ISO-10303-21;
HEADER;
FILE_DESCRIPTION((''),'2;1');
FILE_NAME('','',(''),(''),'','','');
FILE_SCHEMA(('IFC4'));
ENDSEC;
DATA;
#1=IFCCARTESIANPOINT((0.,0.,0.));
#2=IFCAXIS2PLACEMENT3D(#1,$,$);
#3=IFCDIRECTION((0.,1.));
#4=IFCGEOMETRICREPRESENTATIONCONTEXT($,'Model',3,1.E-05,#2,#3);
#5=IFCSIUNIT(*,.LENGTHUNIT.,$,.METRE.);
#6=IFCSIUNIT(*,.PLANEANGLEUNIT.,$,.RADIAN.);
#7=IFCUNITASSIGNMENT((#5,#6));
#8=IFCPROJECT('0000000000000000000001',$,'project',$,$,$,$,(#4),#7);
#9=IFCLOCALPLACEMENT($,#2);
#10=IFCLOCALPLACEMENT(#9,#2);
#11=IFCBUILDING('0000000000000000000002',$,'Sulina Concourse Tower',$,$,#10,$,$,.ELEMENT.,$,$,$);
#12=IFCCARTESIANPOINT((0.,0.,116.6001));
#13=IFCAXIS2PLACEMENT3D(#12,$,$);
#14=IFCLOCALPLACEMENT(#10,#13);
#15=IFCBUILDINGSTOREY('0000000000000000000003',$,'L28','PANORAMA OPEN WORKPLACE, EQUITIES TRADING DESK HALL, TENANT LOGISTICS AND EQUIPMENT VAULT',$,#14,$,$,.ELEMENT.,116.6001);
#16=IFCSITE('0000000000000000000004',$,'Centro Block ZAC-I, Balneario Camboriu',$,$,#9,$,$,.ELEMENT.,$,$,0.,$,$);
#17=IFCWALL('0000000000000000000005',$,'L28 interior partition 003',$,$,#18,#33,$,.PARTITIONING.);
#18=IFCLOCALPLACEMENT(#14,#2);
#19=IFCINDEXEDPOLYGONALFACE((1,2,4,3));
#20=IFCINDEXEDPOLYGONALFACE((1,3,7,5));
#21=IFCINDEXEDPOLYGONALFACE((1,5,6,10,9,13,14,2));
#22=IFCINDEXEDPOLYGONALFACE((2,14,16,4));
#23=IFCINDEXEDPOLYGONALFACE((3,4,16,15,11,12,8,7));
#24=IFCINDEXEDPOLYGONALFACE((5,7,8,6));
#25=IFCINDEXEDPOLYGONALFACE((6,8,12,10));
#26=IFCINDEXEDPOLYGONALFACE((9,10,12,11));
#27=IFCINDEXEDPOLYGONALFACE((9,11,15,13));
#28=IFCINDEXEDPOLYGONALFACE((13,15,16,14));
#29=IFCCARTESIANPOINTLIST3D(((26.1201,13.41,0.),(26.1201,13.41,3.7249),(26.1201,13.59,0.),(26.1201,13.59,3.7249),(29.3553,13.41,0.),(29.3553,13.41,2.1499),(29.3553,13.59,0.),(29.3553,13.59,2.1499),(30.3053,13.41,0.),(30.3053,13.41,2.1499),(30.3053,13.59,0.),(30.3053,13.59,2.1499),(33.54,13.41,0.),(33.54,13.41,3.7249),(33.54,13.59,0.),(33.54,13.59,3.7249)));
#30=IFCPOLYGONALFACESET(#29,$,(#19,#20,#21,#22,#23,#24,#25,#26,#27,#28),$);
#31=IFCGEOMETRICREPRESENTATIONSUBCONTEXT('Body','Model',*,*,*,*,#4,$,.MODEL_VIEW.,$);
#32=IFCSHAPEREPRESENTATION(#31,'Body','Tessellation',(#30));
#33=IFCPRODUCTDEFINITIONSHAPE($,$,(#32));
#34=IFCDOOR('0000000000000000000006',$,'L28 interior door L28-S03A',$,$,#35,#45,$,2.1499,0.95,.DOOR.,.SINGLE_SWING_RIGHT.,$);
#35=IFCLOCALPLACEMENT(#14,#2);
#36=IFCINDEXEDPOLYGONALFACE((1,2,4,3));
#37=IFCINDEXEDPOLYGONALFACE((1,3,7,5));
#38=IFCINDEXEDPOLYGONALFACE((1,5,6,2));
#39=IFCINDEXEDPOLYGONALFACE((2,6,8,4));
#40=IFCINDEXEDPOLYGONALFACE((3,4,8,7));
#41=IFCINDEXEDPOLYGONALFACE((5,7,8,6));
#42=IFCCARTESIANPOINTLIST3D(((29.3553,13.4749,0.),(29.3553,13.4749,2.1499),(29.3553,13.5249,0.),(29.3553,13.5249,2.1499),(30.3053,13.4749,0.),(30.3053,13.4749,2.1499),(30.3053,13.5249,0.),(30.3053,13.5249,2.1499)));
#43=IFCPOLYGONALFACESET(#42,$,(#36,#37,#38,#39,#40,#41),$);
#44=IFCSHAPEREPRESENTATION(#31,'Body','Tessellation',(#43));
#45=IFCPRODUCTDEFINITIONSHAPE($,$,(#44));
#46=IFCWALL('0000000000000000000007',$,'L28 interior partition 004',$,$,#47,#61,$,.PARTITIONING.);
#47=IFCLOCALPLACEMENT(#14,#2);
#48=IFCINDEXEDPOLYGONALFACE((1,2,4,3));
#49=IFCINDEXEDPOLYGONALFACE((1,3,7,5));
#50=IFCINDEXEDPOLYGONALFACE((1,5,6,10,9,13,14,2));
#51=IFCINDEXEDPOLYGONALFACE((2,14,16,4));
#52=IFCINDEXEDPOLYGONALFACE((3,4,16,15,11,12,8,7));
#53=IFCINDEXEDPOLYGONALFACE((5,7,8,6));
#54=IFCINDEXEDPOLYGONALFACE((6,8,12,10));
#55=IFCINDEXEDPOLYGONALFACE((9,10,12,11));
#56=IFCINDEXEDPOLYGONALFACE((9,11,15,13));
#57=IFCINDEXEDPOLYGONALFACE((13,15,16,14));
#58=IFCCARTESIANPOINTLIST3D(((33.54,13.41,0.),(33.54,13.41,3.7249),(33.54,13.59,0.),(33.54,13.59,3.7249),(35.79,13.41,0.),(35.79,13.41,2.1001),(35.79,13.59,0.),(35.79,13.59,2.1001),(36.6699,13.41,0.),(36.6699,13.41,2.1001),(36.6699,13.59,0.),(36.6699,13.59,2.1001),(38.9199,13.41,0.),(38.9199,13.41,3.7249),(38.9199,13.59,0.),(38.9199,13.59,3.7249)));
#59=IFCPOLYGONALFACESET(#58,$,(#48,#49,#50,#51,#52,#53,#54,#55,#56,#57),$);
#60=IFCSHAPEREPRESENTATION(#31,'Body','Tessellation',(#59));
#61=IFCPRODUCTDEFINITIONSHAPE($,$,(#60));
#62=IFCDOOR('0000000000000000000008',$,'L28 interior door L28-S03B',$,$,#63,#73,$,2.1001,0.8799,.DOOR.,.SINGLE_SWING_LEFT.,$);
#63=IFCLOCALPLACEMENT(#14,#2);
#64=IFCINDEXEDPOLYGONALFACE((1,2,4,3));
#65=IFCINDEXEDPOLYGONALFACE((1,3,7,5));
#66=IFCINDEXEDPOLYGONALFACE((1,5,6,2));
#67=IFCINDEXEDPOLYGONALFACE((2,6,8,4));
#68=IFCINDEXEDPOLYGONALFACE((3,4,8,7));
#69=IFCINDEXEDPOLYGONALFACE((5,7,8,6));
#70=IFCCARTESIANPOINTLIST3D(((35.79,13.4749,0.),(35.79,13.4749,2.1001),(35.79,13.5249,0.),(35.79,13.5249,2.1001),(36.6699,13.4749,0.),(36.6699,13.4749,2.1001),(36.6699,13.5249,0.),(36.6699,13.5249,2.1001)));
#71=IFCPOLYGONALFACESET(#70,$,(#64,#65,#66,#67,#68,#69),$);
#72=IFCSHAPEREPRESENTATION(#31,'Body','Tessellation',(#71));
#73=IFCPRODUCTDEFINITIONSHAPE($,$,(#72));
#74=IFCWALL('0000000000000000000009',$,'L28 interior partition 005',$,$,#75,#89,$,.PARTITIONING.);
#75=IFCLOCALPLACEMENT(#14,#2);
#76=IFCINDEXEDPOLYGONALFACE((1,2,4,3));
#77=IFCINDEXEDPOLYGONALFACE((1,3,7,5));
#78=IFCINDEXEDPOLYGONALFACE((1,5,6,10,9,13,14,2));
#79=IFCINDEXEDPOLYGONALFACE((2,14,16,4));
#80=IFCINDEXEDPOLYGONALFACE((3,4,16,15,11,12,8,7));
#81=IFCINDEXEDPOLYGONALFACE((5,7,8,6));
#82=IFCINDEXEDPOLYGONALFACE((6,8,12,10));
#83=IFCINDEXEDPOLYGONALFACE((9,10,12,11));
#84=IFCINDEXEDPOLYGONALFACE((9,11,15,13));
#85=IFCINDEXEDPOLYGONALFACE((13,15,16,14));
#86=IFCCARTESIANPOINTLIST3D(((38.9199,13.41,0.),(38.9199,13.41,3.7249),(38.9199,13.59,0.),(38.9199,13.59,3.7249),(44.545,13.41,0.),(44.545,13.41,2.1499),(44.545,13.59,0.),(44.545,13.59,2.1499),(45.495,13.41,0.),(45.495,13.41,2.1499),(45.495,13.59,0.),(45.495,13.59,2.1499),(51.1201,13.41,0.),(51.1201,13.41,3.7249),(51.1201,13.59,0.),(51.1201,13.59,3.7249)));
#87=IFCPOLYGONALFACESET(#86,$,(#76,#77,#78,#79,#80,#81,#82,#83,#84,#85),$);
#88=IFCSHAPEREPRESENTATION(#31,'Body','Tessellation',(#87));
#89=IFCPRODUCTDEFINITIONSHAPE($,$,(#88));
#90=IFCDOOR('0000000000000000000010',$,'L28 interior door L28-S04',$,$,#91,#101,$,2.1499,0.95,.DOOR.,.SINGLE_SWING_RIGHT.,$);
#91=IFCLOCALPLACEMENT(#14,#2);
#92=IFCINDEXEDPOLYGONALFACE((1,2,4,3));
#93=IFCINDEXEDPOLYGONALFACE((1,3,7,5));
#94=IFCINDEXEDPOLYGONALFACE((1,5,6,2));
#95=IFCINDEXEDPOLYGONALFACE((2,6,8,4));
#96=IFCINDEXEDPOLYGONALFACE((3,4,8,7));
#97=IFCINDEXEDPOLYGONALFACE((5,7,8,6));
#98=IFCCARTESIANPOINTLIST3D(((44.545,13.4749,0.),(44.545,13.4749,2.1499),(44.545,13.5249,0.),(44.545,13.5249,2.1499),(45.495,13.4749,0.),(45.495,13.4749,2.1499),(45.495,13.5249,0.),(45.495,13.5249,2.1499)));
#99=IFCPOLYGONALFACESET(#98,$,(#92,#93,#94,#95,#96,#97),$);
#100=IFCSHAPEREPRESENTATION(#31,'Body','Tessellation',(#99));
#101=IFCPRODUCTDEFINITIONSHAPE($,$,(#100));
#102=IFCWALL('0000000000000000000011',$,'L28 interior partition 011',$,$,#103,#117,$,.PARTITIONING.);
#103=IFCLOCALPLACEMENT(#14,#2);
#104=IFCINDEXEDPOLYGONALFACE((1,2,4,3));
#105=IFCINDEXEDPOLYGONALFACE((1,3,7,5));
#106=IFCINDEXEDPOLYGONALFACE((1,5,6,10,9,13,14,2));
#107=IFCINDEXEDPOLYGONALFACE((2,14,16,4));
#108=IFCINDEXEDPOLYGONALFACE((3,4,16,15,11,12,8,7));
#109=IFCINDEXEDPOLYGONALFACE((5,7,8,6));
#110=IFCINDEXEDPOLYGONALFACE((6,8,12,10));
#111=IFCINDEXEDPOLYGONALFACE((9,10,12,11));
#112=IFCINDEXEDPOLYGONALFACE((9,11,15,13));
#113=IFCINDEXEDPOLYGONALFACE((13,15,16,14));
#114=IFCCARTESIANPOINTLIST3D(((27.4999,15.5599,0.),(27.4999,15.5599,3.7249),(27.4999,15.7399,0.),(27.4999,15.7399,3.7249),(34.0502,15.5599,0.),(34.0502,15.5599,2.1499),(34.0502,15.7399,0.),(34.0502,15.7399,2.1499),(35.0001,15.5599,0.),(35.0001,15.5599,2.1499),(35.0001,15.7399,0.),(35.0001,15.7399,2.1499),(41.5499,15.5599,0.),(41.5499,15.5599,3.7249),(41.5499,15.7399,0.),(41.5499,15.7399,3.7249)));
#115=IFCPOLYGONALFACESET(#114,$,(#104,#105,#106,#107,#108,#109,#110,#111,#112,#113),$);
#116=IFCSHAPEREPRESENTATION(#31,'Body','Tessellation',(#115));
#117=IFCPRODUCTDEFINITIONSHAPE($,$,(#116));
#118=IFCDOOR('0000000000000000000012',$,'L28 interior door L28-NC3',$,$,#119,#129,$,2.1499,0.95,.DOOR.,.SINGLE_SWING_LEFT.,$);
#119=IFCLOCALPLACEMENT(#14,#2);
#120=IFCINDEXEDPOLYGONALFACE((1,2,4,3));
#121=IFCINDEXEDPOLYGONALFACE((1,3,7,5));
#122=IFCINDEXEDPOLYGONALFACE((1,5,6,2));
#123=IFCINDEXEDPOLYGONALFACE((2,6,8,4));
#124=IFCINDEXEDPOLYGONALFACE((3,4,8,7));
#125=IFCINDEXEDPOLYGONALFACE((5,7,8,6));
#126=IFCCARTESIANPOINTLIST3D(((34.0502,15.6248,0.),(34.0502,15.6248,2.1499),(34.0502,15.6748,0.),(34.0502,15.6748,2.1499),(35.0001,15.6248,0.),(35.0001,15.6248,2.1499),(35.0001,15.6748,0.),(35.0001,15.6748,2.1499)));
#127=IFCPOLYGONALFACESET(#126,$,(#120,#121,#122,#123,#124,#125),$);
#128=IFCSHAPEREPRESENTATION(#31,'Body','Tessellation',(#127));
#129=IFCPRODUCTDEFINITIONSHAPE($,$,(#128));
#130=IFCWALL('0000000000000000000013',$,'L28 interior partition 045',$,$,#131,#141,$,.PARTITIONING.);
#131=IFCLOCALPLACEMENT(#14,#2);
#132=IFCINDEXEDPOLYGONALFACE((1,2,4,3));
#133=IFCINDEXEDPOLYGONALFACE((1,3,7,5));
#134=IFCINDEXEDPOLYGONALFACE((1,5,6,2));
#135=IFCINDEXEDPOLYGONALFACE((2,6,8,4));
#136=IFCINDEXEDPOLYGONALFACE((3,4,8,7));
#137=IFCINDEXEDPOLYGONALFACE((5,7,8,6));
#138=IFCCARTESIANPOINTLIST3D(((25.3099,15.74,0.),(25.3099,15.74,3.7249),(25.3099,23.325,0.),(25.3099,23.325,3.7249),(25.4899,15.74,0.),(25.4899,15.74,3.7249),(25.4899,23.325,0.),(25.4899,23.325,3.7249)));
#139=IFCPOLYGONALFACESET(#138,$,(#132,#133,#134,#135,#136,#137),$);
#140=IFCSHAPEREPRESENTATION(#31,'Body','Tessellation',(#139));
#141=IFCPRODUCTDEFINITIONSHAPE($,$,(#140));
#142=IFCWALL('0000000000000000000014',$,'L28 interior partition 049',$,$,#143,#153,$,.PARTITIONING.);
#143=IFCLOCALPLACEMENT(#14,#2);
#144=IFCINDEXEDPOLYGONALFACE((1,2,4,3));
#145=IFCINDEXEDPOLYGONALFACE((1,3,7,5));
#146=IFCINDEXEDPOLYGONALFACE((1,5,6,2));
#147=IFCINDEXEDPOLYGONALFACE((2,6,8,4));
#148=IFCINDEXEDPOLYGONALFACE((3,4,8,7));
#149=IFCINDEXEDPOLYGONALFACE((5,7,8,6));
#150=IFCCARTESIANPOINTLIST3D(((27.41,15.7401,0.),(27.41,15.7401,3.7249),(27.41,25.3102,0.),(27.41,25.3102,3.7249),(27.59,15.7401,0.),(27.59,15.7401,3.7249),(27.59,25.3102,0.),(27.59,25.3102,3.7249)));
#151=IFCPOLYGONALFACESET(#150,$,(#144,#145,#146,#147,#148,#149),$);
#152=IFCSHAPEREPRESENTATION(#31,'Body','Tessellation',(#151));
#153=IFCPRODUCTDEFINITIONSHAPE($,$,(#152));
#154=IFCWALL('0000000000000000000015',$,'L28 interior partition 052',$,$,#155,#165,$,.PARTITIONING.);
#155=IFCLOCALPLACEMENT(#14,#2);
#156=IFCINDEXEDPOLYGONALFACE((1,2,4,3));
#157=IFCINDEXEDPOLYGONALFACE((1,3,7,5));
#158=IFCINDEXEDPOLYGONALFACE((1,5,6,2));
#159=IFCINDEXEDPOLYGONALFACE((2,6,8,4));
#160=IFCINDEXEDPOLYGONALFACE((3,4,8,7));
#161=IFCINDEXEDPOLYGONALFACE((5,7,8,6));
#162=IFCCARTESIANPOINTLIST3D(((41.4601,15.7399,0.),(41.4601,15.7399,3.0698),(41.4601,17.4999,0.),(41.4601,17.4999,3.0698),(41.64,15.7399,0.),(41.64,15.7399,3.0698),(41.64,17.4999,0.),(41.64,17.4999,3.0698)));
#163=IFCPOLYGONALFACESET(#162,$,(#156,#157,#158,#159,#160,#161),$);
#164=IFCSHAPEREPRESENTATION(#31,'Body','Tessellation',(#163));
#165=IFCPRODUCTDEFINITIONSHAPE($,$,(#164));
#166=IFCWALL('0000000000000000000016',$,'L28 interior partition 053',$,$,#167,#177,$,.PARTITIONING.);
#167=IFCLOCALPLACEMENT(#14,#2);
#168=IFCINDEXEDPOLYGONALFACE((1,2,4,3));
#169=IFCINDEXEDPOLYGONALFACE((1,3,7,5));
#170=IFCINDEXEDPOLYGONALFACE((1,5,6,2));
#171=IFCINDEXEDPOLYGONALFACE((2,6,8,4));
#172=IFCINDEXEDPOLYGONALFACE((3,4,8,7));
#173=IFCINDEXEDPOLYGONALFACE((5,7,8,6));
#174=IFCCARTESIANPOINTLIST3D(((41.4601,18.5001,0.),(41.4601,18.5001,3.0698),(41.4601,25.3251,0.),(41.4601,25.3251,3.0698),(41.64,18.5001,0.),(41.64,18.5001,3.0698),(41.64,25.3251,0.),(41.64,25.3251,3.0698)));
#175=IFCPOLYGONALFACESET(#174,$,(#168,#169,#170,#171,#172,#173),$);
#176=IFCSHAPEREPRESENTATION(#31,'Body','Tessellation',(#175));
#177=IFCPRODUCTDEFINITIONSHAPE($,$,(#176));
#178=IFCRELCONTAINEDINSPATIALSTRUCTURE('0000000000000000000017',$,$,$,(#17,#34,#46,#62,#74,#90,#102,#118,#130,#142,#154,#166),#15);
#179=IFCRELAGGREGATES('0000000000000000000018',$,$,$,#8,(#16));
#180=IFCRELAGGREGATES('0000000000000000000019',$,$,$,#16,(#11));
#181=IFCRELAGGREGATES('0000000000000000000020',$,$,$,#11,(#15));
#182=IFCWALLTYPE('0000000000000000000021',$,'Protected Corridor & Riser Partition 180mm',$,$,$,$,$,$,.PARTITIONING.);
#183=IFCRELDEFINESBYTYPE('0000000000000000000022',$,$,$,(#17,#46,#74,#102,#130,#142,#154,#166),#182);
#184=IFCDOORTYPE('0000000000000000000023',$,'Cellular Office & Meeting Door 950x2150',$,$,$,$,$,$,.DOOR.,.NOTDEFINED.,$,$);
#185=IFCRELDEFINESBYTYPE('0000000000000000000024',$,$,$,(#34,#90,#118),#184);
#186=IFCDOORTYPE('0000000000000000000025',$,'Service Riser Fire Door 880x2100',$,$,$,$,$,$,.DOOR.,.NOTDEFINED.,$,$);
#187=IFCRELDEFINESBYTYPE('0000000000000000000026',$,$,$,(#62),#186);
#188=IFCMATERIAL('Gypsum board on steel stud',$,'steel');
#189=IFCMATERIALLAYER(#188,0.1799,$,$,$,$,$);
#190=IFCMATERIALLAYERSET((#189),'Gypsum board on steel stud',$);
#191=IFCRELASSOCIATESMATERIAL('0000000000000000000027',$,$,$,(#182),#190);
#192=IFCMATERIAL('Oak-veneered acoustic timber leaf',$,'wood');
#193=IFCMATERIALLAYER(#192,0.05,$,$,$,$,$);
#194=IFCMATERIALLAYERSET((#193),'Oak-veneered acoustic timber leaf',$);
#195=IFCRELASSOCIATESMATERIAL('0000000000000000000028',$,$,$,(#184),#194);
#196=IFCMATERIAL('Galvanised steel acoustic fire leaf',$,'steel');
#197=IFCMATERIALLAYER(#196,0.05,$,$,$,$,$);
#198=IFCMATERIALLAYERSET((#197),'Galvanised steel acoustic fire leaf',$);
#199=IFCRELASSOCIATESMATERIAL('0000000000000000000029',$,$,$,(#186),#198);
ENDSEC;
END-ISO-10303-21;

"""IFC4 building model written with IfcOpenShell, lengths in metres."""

from ifc_helpers import new_model, si_unit, direction, frame, frame_2d, origin, place, context, subcontext, project, spatial, rectangle, extrude, material, layer, layer_set, type_object, element, fill, save


model = new_model("IFC4")

# Units and contexts
model_context = context("Model", 3, precision=1e-05, world=origin(), true_north=direction((0.0, 1.0)))
body_context = subcontext(model_context, "Body", "Model", "MODEL_VIEW")
ifc_project = project(units=[si_unit("LENGTHUNIT", "METRE"), si_unit("PLANEANGLEUNIT", "RADIAN")], contexts=[model_context])

# Site, building, storey
site_placement = place(None, origin())
site = spatial("IfcSite", under=ifc_project, at=site_placement, Name="Centro Block ZAC-I, Balneario Camboriu", CompositionType="ELEMENT", RefElevation=0.0)
building_placement = place(site_placement, origin())
building = spatial("IfcBuilding", under=site, at=building_placement, Name="Sulina Concourse Tower", CompositionType="ELEMENT")
storey_placement = place(building_placement, frame((0.0, 0.0, 116.6001)))
storey = spatial("IfcBuildingStorey", under=building, at=storey_placement, Name="L28", Description="PANORAMA OPEN WORKPLACE, EQUITIES TRADING DESK HALL, TENANT LOGISTICS AND EQUIPMENT VAULT", CompositionType="ELEMENT", Elevation=116.6001)

# Walls, openings, doors
ifc_material_1 = material(Name="Gypsum board on steel stud", Category="steel")
ifc_layer_1 = layer(ifc_material_1, 0.1799)
ifc_layer_set_1 = layer_set([ifc_layer_1], Name="Gypsum board on steel stud")
wall_type_1 = type_object("IfcWallType", Name="Protected Corridor & Riser Partition 180mm", PredefinedType="PARTITIONING", material=ifc_layer_set_1)
wall_1_placement = place(storey_placement, frame((26.1201, 13.5, 0.0), z_axis=(0.0, 0.0, 1.0), x_axis=(1.0, 0.0, 0.0)))
wall_1 = element("IfcWall", 1, at=wall_1_placement, inside=storey, type_object=wall_type_1, Name="L28 interior partition 003", PredefinedType="PARTITIONING", context=body_context, shape_type="SweptSolid", body=[
    extrude(rectangle(XDim=7.4199, YDim=0.1799, at=frame_2d((3.71, 0.0))), origin(), (0.0, 0.0, 1.0), 3.7249),
])
opening_1_placement = place(wall_1_placement, frame((3.2351, 0.0, 0.0)))
opening_1 = element("IfcOpeningElement", 2, at=opening_1_placement, cuts=wall_1, PredefinedType="OPENING", context=body_context, shape_type="SweptSolid", body=[
    extrude(rectangle(XDim=0.95, YDim=2.1499, at=frame_2d((0.4751, 1.075))), frame((0.0, 0.0999, 0.0), z_axis=(0.0, -1.0, 0.0), x_axis=(1.0, 0.0, 0.0)), (0.0, 0.0, 1.0), 0.2),
])
ifc_material_2 = material(Name="Oak-veneered acoustic timber leaf", Category="wood")
ifc_layer_2 = layer(ifc_material_2, 0.05)
ifc_layer_set_2 = layer_set([ifc_layer_2], Name="Oak-veneered acoustic timber leaf")
door_type_1 = type_object("IfcDoorType", Name="Cellular Office & Meeting Door 950x2150", OperationType="NOTDEFINED", PredefinedType="DOOR", material=ifc_layer_set_2)
door_1_placement = place(opening_1_placement, origin())
door_1 = element("IfcDoor", 3, at=door_1_placement, inside=storey, type_object=door_type_1, Name="L28 interior door L28-S03A", OperationType="SINGLE_SWING_RIGHT", OverallHeight=2.1499, OverallWidth=0.95, PredefinedType="DOOR", context=body_context, shape_type="SweptSolid", body=[
    extrude(rectangle(XDim=0.95, YDim=2.1499, at=frame_2d((0.4751, 1.075))), frame((0.0, 0.0249, 0.0), z_axis=(0.0, -1.0, 0.0), x_axis=(1.0, 0.0, 0.0)), (0.0, 0.0, 1.0), 0.05),
])
fill(opening_1, door_1)
wall_2_placement = place(storey_placement, frame((33.54, 13.5, 0.0), z_axis=(0.0, 0.0, 1.0), x_axis=(1.0, 0.0, 0.0)))
wall_2 = element("IfcWall", 4, at=wall_2_placement, inside=storey, type_object=wall_type_1, Name="L28 interior partition 004", PredefinedType="PARTITIONING", context=body_context, shape_type="SweptSolid", body=[
    extrude(rectangle(XDim=5.3799, YDim=0.1799, at=frame_2d((2.6899, 0.0))), origin(), (0.0, 0.0, 1.0), 3.7249),
])
opening_2_placement = place(wall_2_placement, frame((2.25, 0.0, 0.0)))
opening_2 = element("IfcOpeningElement", 5, at=opening_2_placement, cuts=wall_2, PredefinedType="OPENING", context=body_context, shape_type="SweptSolid", body=[
    extrude(rectangle(XDim=0.8799, YDim=2.1001, at=frame_2d((0.4399, 1.05))), frame((0.0, 0.0999, 0.0), z_axis=(0.0, -1.0, 0.0), x_axis=(1.0, 0.0, 0.0)), (0.0, 0.0, 1.0), 0.2),
])
ifc_material_3 = material(Name="Galvanised steel acoustic fire leaf", Category="steel")
ifc_layer_3 = layer(ifc_material_3, 0.05)
ifc_layer_set_3 = layer_set([ifc_layer_3], Name="Galvanised steel acoustic fire leaf")
door_type_2 = type_object("IfcDoorType", Name="Service Riser Fire Door 880x2100", OperationType="NOTDEFINED", PredefinedType="DOOR", material=ifc_layer_set_3)
door_2_placement = place(opening_2_placement, origin())
door_2 = element("IfcDoor", 6, at=door_2_placement, inside=storey, type_object=door_type_2, Name="L28 interior door L28-S03B", OperationType="SINGLE_SWING_LEFT", OverallHeight=2.1001, OverallWidth=0.8799, PredefinedType="DOOR", context=body_context, shape_type="SweptSolid", body=[
    extrude(rectangle(XDim=0.8799, YDim=2.1001, at=frame_2d((0.4399, 1.05))), frame((0.0, 0.0249, 0.0), z_axis=(0.0, -1.0, 0.0), x_axis=(1.0, 0.0, 0.0)), (0.0, 0.0, 1.0), 0.05),
])
fill(opening_2, door_2)
wall_3_placement = place(storey_placement, frame((38.9199, 13.5, 0.0), z_axis=(0.0, 0.0, 1.0), x_axis=(1.0, 0.0, 0.0)))
wall_3 = element("IfcWall", 7, at=wall_3_placement, inside=storey, type_object=wall_type_1, Name="L28 interior partition 005", PredefinedType="PARTITIONING", context=body_context, shape_type="SweptSolid", body=[
    extrude(rectangle(XDim=12.2002, YDim=0.1799, at=frame_2d((6.1001, 0.0))), origin(), (0.0, 0.0, 1.0), 3.7249),
])
opening_3_placement = place(wall_3_placement, frame((5.625, 0.0, 0.0)))
opening_3 = element("IfcOpeningElement", 8, at=opening_3_placement, cuts=wall_3, PredefinedType="OPENING", context=body_context, shape_type="SweptSolid", body=[
    extrude(rectangle(XDim=0.95, YDim=2.1499, at=frame_2d((0.4751, 1.075))), frame((0.0, 0.0999, 0.0), z_axis=(0.0, -1.0, 0.0), x_axis=(1.0, 0.0, 0.0)), (0.0, 0.0, 1.0), 0.2),
])
door_3_placement = place(opening_3_placement, origin())
door_3 = element("IfcDoor", 9, at=door_3_placement, inside=storey, type_object=door_type_1, Name="L28 interior door L28-S04", OperationType="SINGLE_SWING_RIGHT", OverallHeight=2.1499, OverallWidth=0.95, PredefinedType="DOOR", context=body_context, shape_type="SweptSolid", body=[
    extrude(rectangle(XDim=0.95, YDim=2.1499, at=frame_2d((0.4751, 1.075))), frame((0.0, 0.0249, 0.0), z_axis=(0.0, -1.0, 0.0), x_axis=(1.0, 0.0, 0.0)), (0.0, 0.0, 1.0), 0.05),
])
fill(opening_3, door_3)
wall_4_placement = place(storey_placement, frame((27.5, 15.6499, 0.0), z_axis=(0.0, 0.0, 1.0), x_axis=(1.0, 0.0, 0.0)))
wall_4 = element("IfcWall", 10, at=wall_4_placement, inside=storey, type_object=wall_type_1, Name="L28 interior partition 011", PredefinedType="PARTITIONING", context=body_context, shape_type="SweptSolid", body=[
    extrude(rectangle(XDim=14.05, YDim=0.1799, at=frame_2d((7.0249, 0.0))), origin(), (0.0, 0.0, 1.0), 3.7249),
])
opening_4_placement = place(wall_4_placement, frame((6.55, 0.0, 0.0)))
opening_4 = element("IfcOpeningElement", 11, at=opening_4_placement, cuts=wall_4, PredefinedType="OPENING", context=body_context, shape_type="SweptSolid", body=[
    extrude(rectangle(XDim=0.95, YDim=2.1499, at=frame_2d((0.4751, 1.075))), frame((0.0, 0.0999, 0.0), z_axis=(0.0, -1.0, 0.0), x_axis=(1.0, 0.0, 0.0)), (0.0, 0.0, 1.0), 0.2),
])
door_4_placement = place(opening_4_placement, origin())
door_4 = element("IfcDoor", 12, at=door_4_placement, inside=storey, type_object=door_type_1, Name="L28 interior door L28-NC3", OperationType="SINGLE_SWING_LEFT", OverallHeight=2.1499, OverallWidth=0.95, PredefinedType="DOOR", context=body_context, shape_type="SweptSolid", body=[
    extrude(rectangle(XDim=0.95, YDim=2.1499, at=frame_2d((0.4751, 1.075))), frame((0.0, 0.0249, 0.0), z_axis=(0.0, -1.0, 0.0), x_axis=(1.0, 0.0, 0.0)), (0.0, 0.0, 1.0), 0.05),
])
fill(opening_4, door_4)

# Wall
wall_5_placement = place(storey_placement, frame((25.3999, 15.74, 0.0), z_axis=(0.0, 0.0, 1.0), x_axis=(0.0, 1.0, 0.0)))
element("IfcWall", 13, at=wall_5_placement, inside=storey, type_object=wall_type_1, Name="L28 interior partition 045", PredefinedType="PARTITIONING", context=body_context, shape_type="SweptSolid", body=[
    extrude(rectangle(XDim=7.585, YDim=0.1799, at=frame_2d((3.7925, 0.0))), origin(), (0.0, 0.0, 1.0), 3.7249),
])

# Walls
wall_6_placement = place(storey_placement, frame((27.5, 15.74, 0.0), z_axis=(0.0, 0.0, 1.0), x_axis=(0.0, 1.0, 0.0)))
element("IfcWall", 14, at=wall_6_placement, inside=storey, type_object=wall_type_1, Name="L28 interior partition 049", PredefinedType="PARTITIONING", context=body_context, shape_type="SweptSolid", body=[
    extrude(rectangle(XDim=9.5701, YDim=0.1799, at=frame_2d((4.7852, 0.0))), origin(), (0.0, 0.0, 1.0), 3.7249),
])
wall_7_placement = place(storey_placement, frame((41.55, 15.74, 0.0), z_axis=(0.0, 0.0, 1.0), x_axis=(0.0, 1.0, 0.0)))
element("IfcWall", 15, at=wall_7_placement, inside=storey, type_object=wall_type_1, Name="L28 interior partition 052", PredefinedType="PARTITIONING", context=body_context, shape_type="SweptSolid", body=[
    extrude(rectangle(XDim=1.76, YDim=0.1799, at=frame_2d((0.8799, 0.0))), origin(), (0.0, 0.0, 1.0), 3.0698),
])
wall_8_placement = place(storey_placement, frame((41.55, 18.5, 0.0), z_axis=(0.0, 0.0, 1.0), x_axis=(0.0, 1.0, 0.0)))
element("IfcWall", 16, at=wall_8_placement, inside=storey, type_object=wall_type_1, Name="L28 interior partition 053", PredefinedType="PARTITIONING", context=body_context, shape_type="SweptSolid", body=[
    extrude(rectangle(XDim=6.825, YDim=0.1799, at=frame_2d((3.4126, 0.0))), origin(), (0.0, 0.0, 1.0), 3.0698),
])

save(model, "model.ifc")
